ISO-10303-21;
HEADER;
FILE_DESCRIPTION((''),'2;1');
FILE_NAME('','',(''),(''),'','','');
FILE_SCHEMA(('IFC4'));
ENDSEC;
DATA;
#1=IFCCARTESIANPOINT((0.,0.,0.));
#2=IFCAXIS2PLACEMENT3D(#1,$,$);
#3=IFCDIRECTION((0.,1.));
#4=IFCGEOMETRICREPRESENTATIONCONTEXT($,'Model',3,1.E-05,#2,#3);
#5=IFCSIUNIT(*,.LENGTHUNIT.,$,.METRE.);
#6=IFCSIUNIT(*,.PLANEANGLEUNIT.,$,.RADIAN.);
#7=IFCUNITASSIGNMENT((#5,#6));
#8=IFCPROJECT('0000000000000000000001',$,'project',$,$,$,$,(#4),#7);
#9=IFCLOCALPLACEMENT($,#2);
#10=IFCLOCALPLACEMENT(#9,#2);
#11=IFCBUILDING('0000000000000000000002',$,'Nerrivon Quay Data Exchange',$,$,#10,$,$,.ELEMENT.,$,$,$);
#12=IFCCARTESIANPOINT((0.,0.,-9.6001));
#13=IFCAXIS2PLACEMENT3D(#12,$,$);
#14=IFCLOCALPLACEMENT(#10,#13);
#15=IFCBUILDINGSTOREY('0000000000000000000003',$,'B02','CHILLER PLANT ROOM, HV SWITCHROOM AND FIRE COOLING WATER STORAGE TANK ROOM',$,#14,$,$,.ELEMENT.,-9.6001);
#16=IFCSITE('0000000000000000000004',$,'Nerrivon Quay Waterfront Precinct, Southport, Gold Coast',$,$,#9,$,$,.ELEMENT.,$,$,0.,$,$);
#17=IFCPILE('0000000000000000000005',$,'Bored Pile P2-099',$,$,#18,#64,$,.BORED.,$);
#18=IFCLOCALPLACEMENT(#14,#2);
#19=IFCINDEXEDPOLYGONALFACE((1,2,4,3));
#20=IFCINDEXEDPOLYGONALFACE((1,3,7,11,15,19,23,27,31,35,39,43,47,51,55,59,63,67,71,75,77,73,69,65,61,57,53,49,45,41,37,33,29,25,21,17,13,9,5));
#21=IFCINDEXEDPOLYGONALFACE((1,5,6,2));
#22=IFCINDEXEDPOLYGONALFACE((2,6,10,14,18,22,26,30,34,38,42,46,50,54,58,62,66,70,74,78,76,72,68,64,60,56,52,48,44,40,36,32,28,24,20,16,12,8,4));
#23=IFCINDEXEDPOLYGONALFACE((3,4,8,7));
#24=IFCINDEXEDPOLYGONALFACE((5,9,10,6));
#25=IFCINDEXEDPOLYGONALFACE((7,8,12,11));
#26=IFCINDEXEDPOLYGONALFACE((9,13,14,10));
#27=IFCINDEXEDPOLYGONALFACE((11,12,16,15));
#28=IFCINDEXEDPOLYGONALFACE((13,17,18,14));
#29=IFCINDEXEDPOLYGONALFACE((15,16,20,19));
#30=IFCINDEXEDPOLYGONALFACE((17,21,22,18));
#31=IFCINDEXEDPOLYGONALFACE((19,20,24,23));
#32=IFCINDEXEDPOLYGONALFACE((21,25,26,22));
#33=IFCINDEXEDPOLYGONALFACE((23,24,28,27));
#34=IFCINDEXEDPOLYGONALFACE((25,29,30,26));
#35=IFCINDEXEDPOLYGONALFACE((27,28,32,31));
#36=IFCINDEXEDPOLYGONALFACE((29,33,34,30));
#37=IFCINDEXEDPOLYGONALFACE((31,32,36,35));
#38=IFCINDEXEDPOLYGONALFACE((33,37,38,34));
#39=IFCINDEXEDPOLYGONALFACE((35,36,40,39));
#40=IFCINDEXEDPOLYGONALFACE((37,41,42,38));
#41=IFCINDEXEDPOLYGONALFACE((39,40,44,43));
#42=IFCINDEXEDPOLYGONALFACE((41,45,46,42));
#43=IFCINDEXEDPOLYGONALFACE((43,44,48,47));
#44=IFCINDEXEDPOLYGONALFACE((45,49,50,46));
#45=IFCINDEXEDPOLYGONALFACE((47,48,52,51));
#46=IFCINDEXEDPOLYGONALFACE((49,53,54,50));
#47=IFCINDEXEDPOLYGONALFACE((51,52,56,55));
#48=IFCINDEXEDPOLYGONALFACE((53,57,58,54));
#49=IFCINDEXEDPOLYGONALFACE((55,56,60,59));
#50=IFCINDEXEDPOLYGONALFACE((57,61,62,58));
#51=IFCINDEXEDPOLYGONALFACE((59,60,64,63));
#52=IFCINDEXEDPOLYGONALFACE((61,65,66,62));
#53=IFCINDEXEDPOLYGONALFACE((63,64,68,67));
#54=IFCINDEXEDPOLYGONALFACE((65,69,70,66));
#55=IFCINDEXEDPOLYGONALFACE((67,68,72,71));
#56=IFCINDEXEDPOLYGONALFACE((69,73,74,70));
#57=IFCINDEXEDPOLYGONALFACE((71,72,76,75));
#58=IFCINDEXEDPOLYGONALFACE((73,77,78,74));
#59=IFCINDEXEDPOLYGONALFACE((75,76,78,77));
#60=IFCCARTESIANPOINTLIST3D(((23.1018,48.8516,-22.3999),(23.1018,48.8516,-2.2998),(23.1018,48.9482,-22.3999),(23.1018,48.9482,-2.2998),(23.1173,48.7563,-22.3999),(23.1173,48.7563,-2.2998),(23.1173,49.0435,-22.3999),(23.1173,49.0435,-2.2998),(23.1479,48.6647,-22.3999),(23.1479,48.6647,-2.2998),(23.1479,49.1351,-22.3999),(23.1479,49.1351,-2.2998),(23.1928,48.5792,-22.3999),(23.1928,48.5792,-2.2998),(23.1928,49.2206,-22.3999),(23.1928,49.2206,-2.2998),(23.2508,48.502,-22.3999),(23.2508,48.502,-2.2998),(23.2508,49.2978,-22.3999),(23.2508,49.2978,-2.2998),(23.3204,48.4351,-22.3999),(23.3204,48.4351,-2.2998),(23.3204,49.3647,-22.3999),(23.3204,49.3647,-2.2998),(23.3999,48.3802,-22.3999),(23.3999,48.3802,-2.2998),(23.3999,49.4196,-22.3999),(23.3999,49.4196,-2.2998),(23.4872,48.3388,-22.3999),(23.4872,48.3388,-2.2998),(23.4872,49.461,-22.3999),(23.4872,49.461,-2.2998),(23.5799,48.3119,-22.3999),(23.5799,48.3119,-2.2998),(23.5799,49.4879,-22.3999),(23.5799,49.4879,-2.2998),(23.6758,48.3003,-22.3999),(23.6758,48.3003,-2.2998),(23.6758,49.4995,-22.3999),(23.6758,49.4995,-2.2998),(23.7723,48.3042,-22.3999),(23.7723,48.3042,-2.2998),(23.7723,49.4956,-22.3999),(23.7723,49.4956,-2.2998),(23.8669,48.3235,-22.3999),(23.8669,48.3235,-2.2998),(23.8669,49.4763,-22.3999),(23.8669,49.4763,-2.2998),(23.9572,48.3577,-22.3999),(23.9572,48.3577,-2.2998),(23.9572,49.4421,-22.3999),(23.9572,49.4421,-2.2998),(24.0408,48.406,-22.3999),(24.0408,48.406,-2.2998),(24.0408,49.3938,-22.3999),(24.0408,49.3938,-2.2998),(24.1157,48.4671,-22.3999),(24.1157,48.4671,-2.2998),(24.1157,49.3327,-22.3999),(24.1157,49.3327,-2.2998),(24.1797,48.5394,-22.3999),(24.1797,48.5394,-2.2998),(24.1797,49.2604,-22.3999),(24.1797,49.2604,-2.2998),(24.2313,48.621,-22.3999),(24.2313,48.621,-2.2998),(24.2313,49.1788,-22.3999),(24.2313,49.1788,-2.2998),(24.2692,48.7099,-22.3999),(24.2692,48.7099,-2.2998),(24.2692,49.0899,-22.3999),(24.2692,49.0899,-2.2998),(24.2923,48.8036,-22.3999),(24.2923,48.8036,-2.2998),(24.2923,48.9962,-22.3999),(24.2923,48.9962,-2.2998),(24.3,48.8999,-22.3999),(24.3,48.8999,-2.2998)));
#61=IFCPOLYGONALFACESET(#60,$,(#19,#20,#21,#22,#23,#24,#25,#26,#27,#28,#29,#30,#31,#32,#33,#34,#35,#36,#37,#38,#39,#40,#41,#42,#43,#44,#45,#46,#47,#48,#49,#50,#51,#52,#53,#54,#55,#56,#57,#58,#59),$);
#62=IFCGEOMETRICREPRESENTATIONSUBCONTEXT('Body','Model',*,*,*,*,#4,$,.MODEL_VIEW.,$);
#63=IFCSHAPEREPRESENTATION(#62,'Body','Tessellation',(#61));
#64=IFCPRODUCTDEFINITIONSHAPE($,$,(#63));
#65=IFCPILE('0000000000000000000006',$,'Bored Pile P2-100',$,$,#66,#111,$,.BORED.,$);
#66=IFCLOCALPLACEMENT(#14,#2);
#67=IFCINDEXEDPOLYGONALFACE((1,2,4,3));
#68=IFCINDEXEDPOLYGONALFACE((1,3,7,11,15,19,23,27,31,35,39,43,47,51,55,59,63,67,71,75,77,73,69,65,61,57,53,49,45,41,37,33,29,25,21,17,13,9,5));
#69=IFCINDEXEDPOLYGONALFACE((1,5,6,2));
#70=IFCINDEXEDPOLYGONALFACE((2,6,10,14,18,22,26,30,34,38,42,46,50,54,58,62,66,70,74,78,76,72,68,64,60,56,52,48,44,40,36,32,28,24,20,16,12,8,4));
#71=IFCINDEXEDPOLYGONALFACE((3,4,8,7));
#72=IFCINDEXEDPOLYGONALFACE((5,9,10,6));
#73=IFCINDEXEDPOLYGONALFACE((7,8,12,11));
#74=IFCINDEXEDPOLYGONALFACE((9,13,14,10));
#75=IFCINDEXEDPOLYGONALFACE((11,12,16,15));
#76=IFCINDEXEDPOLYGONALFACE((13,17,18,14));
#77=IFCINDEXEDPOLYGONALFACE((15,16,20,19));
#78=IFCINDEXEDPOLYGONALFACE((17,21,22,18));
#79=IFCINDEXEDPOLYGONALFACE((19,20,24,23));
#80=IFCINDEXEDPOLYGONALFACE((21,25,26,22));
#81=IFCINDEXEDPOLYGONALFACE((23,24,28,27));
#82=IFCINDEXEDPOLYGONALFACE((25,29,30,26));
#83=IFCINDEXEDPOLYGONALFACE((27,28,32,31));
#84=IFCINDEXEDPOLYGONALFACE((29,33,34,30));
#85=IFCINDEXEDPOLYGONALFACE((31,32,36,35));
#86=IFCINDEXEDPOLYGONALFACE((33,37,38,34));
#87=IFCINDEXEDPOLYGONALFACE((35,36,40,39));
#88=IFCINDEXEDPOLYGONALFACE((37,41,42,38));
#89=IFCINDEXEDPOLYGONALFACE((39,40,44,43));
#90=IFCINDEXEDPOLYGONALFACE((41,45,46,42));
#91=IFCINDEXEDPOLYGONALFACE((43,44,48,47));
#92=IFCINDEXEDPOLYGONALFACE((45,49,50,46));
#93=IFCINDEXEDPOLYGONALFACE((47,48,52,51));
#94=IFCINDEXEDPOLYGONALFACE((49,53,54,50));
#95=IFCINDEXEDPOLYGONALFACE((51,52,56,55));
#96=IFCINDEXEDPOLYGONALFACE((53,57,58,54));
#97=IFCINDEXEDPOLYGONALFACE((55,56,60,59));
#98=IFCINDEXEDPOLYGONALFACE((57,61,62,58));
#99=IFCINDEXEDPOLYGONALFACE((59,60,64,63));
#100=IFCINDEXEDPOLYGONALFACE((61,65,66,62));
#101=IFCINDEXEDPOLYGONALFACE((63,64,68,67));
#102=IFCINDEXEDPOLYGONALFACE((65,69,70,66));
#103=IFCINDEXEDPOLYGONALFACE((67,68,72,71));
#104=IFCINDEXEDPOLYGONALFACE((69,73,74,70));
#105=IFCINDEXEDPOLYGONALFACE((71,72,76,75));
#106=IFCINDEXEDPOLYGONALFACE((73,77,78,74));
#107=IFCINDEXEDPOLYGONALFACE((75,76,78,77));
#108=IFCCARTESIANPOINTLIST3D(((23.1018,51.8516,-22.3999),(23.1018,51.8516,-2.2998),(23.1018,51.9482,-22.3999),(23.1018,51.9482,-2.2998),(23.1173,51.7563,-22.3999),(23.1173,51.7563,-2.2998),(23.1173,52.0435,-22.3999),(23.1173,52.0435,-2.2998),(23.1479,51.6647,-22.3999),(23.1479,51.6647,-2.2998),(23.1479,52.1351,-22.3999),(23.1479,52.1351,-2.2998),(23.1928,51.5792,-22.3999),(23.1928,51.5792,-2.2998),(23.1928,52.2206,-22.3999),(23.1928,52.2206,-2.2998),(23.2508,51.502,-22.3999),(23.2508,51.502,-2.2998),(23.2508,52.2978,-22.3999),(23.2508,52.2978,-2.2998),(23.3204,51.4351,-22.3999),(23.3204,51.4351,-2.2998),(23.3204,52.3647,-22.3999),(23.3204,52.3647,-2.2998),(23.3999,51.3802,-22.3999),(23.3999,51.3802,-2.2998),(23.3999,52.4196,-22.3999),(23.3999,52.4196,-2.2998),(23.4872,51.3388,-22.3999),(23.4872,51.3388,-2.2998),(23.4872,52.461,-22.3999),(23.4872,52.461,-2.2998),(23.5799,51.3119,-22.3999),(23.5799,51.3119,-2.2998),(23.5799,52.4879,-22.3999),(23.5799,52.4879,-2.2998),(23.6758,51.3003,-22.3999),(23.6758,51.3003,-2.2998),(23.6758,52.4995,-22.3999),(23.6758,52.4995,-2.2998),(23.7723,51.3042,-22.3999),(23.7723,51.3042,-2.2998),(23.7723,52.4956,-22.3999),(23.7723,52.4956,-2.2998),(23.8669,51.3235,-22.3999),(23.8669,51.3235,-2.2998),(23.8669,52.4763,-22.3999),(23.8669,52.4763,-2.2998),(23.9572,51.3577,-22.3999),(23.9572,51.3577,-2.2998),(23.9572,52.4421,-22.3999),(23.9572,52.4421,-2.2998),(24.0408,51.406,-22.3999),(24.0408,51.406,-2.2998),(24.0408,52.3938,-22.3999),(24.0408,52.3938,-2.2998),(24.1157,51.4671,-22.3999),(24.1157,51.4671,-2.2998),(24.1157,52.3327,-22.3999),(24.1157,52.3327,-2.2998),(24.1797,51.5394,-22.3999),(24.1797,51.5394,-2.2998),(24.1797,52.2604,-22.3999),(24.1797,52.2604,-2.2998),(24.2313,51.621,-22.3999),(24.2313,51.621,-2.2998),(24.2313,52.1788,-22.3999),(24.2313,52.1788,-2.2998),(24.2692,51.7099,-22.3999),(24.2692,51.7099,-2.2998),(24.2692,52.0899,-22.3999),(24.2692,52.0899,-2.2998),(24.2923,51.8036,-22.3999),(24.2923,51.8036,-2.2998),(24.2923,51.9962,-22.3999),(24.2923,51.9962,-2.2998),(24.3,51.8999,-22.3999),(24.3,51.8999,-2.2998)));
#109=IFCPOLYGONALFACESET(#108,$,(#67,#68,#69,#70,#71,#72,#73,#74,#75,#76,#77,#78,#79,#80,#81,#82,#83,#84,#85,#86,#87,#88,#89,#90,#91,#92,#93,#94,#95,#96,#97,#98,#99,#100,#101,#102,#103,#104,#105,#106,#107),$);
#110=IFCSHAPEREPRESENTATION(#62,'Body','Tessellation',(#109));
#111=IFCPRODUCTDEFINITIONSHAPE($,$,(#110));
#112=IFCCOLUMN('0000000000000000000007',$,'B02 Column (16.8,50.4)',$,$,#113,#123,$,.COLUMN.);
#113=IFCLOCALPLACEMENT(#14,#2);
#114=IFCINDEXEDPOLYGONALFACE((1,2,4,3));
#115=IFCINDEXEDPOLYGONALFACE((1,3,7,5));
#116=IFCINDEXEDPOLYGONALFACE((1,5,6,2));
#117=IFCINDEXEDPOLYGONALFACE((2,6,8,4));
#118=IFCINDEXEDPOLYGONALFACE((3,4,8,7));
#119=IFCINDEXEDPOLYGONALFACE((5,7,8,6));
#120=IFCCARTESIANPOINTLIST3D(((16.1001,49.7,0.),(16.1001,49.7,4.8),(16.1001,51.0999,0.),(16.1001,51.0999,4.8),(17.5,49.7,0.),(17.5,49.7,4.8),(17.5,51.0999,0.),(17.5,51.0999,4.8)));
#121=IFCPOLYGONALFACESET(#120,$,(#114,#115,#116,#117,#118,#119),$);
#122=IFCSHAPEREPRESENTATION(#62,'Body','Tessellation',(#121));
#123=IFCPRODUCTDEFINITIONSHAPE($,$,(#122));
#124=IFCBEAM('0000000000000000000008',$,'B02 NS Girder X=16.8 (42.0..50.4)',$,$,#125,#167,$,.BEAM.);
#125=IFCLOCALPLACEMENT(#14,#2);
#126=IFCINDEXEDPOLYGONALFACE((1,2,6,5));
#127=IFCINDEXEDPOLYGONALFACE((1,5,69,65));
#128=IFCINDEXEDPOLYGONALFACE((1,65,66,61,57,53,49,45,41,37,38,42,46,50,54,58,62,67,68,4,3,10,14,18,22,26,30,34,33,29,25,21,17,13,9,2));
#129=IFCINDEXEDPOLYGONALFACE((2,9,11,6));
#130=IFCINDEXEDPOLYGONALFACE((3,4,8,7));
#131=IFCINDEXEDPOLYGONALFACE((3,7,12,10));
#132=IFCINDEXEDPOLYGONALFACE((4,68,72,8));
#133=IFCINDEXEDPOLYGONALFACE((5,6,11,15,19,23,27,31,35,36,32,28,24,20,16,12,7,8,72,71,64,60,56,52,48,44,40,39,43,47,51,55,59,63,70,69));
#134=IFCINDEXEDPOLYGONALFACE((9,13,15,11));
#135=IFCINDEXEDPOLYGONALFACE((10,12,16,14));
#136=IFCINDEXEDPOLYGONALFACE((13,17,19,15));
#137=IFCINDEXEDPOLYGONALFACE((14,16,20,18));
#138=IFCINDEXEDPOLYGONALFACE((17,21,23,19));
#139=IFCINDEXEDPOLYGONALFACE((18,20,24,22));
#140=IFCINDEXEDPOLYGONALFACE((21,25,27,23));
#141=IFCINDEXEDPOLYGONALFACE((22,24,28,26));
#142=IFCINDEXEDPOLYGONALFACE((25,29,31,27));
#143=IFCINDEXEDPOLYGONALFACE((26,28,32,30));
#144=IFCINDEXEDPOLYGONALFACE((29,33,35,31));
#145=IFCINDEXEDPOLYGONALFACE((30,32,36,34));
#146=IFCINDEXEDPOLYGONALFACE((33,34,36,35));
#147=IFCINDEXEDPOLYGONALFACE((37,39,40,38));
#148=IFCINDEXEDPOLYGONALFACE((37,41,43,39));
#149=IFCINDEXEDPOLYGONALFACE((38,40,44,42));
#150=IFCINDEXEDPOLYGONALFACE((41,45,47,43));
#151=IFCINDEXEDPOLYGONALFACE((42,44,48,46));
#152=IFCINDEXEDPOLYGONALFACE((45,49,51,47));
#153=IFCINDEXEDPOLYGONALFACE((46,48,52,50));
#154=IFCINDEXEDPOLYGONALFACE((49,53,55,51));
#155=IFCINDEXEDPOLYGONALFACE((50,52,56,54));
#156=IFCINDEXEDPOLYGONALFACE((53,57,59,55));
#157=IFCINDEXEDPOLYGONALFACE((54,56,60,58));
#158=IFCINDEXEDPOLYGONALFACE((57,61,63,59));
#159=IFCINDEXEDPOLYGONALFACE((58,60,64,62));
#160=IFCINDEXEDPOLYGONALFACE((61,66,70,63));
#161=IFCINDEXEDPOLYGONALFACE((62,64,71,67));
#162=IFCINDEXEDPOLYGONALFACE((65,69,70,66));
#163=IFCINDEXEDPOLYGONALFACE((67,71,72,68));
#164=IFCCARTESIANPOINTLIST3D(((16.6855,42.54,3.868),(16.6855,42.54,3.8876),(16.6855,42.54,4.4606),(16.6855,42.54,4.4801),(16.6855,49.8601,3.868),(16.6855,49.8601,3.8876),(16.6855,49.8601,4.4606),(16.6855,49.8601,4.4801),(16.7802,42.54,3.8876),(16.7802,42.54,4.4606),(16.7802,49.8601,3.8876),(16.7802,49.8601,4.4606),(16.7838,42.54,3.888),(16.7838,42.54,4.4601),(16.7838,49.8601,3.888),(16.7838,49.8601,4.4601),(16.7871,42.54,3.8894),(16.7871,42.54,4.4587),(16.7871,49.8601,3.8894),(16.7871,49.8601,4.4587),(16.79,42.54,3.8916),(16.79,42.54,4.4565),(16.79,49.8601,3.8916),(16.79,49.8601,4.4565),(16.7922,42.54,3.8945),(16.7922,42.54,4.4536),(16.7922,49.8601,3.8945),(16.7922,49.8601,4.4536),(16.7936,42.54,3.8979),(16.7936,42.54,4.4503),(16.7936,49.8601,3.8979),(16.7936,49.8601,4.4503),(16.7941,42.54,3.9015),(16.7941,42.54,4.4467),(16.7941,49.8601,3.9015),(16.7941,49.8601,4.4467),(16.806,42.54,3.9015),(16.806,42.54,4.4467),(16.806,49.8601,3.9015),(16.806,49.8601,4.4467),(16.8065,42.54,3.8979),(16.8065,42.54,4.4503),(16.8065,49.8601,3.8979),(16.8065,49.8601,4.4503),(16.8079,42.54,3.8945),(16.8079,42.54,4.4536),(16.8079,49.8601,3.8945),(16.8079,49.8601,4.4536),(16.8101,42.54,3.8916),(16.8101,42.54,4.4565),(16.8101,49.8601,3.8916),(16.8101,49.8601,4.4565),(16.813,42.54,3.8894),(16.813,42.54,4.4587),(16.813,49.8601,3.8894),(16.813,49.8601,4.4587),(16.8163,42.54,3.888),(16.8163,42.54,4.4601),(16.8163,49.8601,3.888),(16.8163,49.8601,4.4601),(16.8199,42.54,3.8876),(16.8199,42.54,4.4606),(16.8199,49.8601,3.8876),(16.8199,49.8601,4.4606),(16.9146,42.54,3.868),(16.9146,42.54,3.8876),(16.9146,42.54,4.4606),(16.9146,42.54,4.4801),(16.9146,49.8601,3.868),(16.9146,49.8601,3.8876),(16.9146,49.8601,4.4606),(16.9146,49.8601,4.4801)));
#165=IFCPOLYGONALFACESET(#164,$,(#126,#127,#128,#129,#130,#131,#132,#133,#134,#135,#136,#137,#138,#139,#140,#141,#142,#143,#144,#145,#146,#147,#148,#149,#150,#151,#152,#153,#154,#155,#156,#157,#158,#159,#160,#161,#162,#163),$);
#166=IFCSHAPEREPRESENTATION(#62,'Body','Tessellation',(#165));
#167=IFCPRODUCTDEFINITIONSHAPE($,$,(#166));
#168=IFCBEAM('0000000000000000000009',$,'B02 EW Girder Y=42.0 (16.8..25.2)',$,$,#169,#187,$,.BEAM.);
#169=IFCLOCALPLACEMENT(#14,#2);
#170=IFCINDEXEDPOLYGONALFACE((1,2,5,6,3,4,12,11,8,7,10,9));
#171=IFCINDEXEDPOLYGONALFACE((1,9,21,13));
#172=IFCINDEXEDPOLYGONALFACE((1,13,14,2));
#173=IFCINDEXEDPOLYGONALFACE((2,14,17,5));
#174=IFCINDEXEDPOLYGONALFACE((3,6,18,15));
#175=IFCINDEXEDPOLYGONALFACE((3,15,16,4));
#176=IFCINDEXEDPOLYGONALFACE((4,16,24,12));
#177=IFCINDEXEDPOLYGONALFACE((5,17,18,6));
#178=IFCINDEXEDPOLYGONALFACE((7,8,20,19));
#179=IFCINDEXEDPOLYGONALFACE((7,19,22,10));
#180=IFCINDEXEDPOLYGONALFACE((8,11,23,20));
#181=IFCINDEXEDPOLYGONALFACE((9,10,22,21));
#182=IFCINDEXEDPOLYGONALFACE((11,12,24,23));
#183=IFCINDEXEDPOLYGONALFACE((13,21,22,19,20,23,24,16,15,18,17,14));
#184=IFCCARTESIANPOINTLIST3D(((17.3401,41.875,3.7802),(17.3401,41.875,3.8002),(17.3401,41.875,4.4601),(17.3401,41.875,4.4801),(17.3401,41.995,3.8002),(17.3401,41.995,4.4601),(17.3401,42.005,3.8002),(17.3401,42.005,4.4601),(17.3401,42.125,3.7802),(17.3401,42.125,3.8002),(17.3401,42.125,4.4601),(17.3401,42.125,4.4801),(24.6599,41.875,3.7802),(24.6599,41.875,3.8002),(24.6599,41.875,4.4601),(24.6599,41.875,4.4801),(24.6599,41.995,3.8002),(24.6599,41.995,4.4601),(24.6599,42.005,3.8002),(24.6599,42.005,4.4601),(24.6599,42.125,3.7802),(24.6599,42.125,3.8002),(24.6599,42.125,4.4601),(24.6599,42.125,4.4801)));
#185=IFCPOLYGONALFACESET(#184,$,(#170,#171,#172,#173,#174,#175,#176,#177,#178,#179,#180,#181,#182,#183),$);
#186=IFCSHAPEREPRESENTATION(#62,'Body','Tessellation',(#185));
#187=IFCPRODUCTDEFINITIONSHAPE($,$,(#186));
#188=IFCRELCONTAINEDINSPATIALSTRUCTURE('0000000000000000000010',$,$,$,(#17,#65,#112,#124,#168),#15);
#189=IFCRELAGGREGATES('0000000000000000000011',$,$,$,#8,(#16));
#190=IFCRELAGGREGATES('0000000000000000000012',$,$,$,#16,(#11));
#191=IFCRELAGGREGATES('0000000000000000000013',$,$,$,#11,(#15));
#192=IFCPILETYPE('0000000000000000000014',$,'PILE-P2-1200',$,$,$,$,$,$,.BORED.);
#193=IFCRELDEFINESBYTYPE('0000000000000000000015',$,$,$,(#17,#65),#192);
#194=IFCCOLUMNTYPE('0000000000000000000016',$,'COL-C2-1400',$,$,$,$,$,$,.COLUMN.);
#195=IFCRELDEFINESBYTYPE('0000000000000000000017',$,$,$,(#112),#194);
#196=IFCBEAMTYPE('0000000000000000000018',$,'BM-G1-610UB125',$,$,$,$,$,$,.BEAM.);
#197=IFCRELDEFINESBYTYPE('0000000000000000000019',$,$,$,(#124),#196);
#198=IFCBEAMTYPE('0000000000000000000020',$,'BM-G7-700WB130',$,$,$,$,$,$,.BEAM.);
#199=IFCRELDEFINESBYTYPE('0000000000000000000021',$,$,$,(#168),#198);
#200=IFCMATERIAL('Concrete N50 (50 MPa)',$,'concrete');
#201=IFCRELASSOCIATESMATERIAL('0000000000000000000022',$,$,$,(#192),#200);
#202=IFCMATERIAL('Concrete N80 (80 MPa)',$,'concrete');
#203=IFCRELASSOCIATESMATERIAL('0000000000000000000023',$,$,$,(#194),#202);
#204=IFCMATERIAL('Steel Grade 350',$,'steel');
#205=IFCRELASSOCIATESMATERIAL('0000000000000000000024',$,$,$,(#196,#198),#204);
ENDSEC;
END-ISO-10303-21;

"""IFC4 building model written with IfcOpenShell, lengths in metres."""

from ifc_helpers import new_model, si_unit, direction, frame, origin, origin_2d, place, context, subcontext, project, spatial, rectangle, circle, i_section, extrude, material, material_profile, profile_set, type_object, element, save


model = new_model("IFC4")

# Units and contexts
model_context = context("Model", 3, precision=1e-05, world=origin(), true_north=direction((0.0, 1.0)))
body_context = subcontext(model_context, "Body", "Model", "MODEL_VIEW")
ifc_project = project(units=[si_unit("LENGTHUNIT", "METRE"), si_unit("PLANEANGLEUNIT", "RADIAN")], contexts=[model_context])

# Site, building, storey
site_placement = place(None, origin())
site = spatial("IfcSite", under=ifc_project, at=site_placement, Name="Nerrivon Quay Waterfront Precinct, Southport, Gold Coast", CompositionType="ELEMENT", RefElevation=0.0)
building_placement = place(site_placement, origin())
building = spatial("IfcBuilding", under=site, at=building_placement, Name="Nerrivon Quay Data Exchange", CompositionType="ELEMENT")
storey_placement = place(building_placement, frame((0.0, 0.0, -9.6001)))
storey = spatial("IfcBuildingStorey", under=building, at=storey_placement, Name="B02", Description="CHILLER PLANT ROOM, HV SWITCHROOM AND FIRE COOLING WATER STORAGE TANK ROOM", CompositionType="ELEMENT", Elevation=-9.6001)

# Piles
ifc_material_1 = material(Name="Concrete N50 (50 MPa)", Category="concrete")
ifc_material_profile_1 = material_profile(ifc_material_1, circle(Radius=0.6001, at=origin_2d()), Name="PILE-1200")
ifc_profile_set_1 = profile_set([ifc_material_profile_1], Name="Concrete N50 (50 MPa)")
pile_type = type_object("IfcPileType", Name="PILE-P2-1200", PredefinedType="BORED", material=ifc_profile_set_1)
for number, where, z_axis, x_axis, name in (
    (1, (23.7, 48.8999, -2.2998), (0.0, 0.0, -1.0), (1.0, 0.0, 0.0), "Bored Pile P2-099"),
    (2, (23.7, 51.8999, -2.2998), (0.0, 0.0, -1.0), (1.0, 0.0, 0.0), "Bored Pile P2-100"),
):
    element("IfcPile", number, at=place(storey_placement, frame(where, z_axis=z_axis, x_axis=x_axis)), inside=storey, type_object=pile_type, Name=name, PredefinedType="BORED", context=body_context, shape_type="SweptSolid", body=[
        extrude(circle(Radius=0.6001, at=origin_2d()), origin(), (0.0, 0.0, 1.0), 20.1001),
    ])

# Column
ifc_material_2 = material(Name="Concrete N80 (80 MPa)", Category="concrete")
ifc_material_profile_2 = material_profile(ifc_material_2, rectangle(XDim=1.3999, YDim=1.3999, at=origin_2d()), Name="RC-COL-1400x1400")
ifc_profile_set_2 = profile_set([ifc_material_profile_2], Name="Concrete N80 (80 MPa)")
column_type = type_object("IfcColumnType", Name="COL-C2-1400", PredefinedType="COLUMN", material=ifc_profile_set_2)
column_placement = place(storey_placement, frame((16.8, 50.3999, 0.0), z_axis=(0.0, 0.0, 1.0), x_axis=(1.0, 0.0, 0.0)))
element("IfcColumn", 3, at=column_placement, inside=storey, type_object=column_type, Name="B02 Column (16.8,50.4)", PredefinedType="COLUMN", context=body_context, shape_type="SweptSolid", body=[
    extrude(rectangle(XDim=1.3999, YDim=1.3999, at=origin_2d()), origin(), (0.0, 0.0, 1.0), 4.8),
])

# Beams
ifc_material_3 = material(Name="Steel Grade 350", Category="steel")
ifc_material_profile_3 = material_profile(ifc_material_3, i_section(OverallWidth=0.229, OverallDepth=0.6121, WebThickness=0.012, FlangeThickness=0.0195, FilletRadius=0.0139, at=origin_2d()), Name="610UB125")
ifc_profile_set_3 = profile_set([ifc_material_profile_3], Name="Steel Grade 350")
beam_type_1 = type_object("IfcBeamType", Name="BM-G1-610UB125", PredefinedType="BEAM", material=ifc_profile_set_3)
beam_1_placement = place(storey_placement, frame((16.8, 42.54, 4.1741), z_axis=(0.0, 1.0, 0.0), x_axis=(-1.0, 0.0, 0.0)))
element("IfcBeam", 4, at=beam_1_placement, inside=storey, type_object=beam_type_1, Name="B02 NS Girder X=16.8 (42.0..50.4)", PredefinedType="BEAM", context=body_context, shape_type="SweptSolid", body=[
    extrude(i_section(OverallWidth=0.229, OverallDepth=0.6121, WebThickness=0.012, FlangeThickness=0.0195, FilletRadius=0.0139, at=origin_2d()), origin(), (0.0, 0.0, 1.0), 7.3201),
])
ifc_material_profile_4 = material_profile(ifc_material_3, i_section(OverallWidth=0.25, OverallDepth=0.7, WebThickness=0.01, FlangeThickness=0.02, at=origin_2d()), Name="700WB130")
ifc_profile_set_4 = profile_set([ifc_material_profile_4], Name="Steel Grade 350")
beam_type_2 = type_object("IfcBeamType", Name="BM-G7-700WB130", PredefinedType="BEAM", material=ifc_profile_set_4)
beam_2_placement = place(storey_placement, frame((17.3401, 42.0, 4.1301), z_axis=(1.0, 0.0, 0.0), x_axis=(0.0, 1.0, 0.0)))
element("IfcBeam", 5, at=beam_2_placement, inside=storey, type_object=beam_type_2, Name="B02 EW Girder Y=42.0 (16.8..25.2)", PredefinedType="BEAM", context=body_context, shape_type="SweptSolid", body=[
    extrude(i_section(OverallWidth=0.25, OverallDepth=0.7, WebThickness=0.01, FlangeThickness=0.02, at=origin_2d()), origin(), (0.0, 0.0, 1.0), 7.3198),
])

save(model, "model.ifc")
